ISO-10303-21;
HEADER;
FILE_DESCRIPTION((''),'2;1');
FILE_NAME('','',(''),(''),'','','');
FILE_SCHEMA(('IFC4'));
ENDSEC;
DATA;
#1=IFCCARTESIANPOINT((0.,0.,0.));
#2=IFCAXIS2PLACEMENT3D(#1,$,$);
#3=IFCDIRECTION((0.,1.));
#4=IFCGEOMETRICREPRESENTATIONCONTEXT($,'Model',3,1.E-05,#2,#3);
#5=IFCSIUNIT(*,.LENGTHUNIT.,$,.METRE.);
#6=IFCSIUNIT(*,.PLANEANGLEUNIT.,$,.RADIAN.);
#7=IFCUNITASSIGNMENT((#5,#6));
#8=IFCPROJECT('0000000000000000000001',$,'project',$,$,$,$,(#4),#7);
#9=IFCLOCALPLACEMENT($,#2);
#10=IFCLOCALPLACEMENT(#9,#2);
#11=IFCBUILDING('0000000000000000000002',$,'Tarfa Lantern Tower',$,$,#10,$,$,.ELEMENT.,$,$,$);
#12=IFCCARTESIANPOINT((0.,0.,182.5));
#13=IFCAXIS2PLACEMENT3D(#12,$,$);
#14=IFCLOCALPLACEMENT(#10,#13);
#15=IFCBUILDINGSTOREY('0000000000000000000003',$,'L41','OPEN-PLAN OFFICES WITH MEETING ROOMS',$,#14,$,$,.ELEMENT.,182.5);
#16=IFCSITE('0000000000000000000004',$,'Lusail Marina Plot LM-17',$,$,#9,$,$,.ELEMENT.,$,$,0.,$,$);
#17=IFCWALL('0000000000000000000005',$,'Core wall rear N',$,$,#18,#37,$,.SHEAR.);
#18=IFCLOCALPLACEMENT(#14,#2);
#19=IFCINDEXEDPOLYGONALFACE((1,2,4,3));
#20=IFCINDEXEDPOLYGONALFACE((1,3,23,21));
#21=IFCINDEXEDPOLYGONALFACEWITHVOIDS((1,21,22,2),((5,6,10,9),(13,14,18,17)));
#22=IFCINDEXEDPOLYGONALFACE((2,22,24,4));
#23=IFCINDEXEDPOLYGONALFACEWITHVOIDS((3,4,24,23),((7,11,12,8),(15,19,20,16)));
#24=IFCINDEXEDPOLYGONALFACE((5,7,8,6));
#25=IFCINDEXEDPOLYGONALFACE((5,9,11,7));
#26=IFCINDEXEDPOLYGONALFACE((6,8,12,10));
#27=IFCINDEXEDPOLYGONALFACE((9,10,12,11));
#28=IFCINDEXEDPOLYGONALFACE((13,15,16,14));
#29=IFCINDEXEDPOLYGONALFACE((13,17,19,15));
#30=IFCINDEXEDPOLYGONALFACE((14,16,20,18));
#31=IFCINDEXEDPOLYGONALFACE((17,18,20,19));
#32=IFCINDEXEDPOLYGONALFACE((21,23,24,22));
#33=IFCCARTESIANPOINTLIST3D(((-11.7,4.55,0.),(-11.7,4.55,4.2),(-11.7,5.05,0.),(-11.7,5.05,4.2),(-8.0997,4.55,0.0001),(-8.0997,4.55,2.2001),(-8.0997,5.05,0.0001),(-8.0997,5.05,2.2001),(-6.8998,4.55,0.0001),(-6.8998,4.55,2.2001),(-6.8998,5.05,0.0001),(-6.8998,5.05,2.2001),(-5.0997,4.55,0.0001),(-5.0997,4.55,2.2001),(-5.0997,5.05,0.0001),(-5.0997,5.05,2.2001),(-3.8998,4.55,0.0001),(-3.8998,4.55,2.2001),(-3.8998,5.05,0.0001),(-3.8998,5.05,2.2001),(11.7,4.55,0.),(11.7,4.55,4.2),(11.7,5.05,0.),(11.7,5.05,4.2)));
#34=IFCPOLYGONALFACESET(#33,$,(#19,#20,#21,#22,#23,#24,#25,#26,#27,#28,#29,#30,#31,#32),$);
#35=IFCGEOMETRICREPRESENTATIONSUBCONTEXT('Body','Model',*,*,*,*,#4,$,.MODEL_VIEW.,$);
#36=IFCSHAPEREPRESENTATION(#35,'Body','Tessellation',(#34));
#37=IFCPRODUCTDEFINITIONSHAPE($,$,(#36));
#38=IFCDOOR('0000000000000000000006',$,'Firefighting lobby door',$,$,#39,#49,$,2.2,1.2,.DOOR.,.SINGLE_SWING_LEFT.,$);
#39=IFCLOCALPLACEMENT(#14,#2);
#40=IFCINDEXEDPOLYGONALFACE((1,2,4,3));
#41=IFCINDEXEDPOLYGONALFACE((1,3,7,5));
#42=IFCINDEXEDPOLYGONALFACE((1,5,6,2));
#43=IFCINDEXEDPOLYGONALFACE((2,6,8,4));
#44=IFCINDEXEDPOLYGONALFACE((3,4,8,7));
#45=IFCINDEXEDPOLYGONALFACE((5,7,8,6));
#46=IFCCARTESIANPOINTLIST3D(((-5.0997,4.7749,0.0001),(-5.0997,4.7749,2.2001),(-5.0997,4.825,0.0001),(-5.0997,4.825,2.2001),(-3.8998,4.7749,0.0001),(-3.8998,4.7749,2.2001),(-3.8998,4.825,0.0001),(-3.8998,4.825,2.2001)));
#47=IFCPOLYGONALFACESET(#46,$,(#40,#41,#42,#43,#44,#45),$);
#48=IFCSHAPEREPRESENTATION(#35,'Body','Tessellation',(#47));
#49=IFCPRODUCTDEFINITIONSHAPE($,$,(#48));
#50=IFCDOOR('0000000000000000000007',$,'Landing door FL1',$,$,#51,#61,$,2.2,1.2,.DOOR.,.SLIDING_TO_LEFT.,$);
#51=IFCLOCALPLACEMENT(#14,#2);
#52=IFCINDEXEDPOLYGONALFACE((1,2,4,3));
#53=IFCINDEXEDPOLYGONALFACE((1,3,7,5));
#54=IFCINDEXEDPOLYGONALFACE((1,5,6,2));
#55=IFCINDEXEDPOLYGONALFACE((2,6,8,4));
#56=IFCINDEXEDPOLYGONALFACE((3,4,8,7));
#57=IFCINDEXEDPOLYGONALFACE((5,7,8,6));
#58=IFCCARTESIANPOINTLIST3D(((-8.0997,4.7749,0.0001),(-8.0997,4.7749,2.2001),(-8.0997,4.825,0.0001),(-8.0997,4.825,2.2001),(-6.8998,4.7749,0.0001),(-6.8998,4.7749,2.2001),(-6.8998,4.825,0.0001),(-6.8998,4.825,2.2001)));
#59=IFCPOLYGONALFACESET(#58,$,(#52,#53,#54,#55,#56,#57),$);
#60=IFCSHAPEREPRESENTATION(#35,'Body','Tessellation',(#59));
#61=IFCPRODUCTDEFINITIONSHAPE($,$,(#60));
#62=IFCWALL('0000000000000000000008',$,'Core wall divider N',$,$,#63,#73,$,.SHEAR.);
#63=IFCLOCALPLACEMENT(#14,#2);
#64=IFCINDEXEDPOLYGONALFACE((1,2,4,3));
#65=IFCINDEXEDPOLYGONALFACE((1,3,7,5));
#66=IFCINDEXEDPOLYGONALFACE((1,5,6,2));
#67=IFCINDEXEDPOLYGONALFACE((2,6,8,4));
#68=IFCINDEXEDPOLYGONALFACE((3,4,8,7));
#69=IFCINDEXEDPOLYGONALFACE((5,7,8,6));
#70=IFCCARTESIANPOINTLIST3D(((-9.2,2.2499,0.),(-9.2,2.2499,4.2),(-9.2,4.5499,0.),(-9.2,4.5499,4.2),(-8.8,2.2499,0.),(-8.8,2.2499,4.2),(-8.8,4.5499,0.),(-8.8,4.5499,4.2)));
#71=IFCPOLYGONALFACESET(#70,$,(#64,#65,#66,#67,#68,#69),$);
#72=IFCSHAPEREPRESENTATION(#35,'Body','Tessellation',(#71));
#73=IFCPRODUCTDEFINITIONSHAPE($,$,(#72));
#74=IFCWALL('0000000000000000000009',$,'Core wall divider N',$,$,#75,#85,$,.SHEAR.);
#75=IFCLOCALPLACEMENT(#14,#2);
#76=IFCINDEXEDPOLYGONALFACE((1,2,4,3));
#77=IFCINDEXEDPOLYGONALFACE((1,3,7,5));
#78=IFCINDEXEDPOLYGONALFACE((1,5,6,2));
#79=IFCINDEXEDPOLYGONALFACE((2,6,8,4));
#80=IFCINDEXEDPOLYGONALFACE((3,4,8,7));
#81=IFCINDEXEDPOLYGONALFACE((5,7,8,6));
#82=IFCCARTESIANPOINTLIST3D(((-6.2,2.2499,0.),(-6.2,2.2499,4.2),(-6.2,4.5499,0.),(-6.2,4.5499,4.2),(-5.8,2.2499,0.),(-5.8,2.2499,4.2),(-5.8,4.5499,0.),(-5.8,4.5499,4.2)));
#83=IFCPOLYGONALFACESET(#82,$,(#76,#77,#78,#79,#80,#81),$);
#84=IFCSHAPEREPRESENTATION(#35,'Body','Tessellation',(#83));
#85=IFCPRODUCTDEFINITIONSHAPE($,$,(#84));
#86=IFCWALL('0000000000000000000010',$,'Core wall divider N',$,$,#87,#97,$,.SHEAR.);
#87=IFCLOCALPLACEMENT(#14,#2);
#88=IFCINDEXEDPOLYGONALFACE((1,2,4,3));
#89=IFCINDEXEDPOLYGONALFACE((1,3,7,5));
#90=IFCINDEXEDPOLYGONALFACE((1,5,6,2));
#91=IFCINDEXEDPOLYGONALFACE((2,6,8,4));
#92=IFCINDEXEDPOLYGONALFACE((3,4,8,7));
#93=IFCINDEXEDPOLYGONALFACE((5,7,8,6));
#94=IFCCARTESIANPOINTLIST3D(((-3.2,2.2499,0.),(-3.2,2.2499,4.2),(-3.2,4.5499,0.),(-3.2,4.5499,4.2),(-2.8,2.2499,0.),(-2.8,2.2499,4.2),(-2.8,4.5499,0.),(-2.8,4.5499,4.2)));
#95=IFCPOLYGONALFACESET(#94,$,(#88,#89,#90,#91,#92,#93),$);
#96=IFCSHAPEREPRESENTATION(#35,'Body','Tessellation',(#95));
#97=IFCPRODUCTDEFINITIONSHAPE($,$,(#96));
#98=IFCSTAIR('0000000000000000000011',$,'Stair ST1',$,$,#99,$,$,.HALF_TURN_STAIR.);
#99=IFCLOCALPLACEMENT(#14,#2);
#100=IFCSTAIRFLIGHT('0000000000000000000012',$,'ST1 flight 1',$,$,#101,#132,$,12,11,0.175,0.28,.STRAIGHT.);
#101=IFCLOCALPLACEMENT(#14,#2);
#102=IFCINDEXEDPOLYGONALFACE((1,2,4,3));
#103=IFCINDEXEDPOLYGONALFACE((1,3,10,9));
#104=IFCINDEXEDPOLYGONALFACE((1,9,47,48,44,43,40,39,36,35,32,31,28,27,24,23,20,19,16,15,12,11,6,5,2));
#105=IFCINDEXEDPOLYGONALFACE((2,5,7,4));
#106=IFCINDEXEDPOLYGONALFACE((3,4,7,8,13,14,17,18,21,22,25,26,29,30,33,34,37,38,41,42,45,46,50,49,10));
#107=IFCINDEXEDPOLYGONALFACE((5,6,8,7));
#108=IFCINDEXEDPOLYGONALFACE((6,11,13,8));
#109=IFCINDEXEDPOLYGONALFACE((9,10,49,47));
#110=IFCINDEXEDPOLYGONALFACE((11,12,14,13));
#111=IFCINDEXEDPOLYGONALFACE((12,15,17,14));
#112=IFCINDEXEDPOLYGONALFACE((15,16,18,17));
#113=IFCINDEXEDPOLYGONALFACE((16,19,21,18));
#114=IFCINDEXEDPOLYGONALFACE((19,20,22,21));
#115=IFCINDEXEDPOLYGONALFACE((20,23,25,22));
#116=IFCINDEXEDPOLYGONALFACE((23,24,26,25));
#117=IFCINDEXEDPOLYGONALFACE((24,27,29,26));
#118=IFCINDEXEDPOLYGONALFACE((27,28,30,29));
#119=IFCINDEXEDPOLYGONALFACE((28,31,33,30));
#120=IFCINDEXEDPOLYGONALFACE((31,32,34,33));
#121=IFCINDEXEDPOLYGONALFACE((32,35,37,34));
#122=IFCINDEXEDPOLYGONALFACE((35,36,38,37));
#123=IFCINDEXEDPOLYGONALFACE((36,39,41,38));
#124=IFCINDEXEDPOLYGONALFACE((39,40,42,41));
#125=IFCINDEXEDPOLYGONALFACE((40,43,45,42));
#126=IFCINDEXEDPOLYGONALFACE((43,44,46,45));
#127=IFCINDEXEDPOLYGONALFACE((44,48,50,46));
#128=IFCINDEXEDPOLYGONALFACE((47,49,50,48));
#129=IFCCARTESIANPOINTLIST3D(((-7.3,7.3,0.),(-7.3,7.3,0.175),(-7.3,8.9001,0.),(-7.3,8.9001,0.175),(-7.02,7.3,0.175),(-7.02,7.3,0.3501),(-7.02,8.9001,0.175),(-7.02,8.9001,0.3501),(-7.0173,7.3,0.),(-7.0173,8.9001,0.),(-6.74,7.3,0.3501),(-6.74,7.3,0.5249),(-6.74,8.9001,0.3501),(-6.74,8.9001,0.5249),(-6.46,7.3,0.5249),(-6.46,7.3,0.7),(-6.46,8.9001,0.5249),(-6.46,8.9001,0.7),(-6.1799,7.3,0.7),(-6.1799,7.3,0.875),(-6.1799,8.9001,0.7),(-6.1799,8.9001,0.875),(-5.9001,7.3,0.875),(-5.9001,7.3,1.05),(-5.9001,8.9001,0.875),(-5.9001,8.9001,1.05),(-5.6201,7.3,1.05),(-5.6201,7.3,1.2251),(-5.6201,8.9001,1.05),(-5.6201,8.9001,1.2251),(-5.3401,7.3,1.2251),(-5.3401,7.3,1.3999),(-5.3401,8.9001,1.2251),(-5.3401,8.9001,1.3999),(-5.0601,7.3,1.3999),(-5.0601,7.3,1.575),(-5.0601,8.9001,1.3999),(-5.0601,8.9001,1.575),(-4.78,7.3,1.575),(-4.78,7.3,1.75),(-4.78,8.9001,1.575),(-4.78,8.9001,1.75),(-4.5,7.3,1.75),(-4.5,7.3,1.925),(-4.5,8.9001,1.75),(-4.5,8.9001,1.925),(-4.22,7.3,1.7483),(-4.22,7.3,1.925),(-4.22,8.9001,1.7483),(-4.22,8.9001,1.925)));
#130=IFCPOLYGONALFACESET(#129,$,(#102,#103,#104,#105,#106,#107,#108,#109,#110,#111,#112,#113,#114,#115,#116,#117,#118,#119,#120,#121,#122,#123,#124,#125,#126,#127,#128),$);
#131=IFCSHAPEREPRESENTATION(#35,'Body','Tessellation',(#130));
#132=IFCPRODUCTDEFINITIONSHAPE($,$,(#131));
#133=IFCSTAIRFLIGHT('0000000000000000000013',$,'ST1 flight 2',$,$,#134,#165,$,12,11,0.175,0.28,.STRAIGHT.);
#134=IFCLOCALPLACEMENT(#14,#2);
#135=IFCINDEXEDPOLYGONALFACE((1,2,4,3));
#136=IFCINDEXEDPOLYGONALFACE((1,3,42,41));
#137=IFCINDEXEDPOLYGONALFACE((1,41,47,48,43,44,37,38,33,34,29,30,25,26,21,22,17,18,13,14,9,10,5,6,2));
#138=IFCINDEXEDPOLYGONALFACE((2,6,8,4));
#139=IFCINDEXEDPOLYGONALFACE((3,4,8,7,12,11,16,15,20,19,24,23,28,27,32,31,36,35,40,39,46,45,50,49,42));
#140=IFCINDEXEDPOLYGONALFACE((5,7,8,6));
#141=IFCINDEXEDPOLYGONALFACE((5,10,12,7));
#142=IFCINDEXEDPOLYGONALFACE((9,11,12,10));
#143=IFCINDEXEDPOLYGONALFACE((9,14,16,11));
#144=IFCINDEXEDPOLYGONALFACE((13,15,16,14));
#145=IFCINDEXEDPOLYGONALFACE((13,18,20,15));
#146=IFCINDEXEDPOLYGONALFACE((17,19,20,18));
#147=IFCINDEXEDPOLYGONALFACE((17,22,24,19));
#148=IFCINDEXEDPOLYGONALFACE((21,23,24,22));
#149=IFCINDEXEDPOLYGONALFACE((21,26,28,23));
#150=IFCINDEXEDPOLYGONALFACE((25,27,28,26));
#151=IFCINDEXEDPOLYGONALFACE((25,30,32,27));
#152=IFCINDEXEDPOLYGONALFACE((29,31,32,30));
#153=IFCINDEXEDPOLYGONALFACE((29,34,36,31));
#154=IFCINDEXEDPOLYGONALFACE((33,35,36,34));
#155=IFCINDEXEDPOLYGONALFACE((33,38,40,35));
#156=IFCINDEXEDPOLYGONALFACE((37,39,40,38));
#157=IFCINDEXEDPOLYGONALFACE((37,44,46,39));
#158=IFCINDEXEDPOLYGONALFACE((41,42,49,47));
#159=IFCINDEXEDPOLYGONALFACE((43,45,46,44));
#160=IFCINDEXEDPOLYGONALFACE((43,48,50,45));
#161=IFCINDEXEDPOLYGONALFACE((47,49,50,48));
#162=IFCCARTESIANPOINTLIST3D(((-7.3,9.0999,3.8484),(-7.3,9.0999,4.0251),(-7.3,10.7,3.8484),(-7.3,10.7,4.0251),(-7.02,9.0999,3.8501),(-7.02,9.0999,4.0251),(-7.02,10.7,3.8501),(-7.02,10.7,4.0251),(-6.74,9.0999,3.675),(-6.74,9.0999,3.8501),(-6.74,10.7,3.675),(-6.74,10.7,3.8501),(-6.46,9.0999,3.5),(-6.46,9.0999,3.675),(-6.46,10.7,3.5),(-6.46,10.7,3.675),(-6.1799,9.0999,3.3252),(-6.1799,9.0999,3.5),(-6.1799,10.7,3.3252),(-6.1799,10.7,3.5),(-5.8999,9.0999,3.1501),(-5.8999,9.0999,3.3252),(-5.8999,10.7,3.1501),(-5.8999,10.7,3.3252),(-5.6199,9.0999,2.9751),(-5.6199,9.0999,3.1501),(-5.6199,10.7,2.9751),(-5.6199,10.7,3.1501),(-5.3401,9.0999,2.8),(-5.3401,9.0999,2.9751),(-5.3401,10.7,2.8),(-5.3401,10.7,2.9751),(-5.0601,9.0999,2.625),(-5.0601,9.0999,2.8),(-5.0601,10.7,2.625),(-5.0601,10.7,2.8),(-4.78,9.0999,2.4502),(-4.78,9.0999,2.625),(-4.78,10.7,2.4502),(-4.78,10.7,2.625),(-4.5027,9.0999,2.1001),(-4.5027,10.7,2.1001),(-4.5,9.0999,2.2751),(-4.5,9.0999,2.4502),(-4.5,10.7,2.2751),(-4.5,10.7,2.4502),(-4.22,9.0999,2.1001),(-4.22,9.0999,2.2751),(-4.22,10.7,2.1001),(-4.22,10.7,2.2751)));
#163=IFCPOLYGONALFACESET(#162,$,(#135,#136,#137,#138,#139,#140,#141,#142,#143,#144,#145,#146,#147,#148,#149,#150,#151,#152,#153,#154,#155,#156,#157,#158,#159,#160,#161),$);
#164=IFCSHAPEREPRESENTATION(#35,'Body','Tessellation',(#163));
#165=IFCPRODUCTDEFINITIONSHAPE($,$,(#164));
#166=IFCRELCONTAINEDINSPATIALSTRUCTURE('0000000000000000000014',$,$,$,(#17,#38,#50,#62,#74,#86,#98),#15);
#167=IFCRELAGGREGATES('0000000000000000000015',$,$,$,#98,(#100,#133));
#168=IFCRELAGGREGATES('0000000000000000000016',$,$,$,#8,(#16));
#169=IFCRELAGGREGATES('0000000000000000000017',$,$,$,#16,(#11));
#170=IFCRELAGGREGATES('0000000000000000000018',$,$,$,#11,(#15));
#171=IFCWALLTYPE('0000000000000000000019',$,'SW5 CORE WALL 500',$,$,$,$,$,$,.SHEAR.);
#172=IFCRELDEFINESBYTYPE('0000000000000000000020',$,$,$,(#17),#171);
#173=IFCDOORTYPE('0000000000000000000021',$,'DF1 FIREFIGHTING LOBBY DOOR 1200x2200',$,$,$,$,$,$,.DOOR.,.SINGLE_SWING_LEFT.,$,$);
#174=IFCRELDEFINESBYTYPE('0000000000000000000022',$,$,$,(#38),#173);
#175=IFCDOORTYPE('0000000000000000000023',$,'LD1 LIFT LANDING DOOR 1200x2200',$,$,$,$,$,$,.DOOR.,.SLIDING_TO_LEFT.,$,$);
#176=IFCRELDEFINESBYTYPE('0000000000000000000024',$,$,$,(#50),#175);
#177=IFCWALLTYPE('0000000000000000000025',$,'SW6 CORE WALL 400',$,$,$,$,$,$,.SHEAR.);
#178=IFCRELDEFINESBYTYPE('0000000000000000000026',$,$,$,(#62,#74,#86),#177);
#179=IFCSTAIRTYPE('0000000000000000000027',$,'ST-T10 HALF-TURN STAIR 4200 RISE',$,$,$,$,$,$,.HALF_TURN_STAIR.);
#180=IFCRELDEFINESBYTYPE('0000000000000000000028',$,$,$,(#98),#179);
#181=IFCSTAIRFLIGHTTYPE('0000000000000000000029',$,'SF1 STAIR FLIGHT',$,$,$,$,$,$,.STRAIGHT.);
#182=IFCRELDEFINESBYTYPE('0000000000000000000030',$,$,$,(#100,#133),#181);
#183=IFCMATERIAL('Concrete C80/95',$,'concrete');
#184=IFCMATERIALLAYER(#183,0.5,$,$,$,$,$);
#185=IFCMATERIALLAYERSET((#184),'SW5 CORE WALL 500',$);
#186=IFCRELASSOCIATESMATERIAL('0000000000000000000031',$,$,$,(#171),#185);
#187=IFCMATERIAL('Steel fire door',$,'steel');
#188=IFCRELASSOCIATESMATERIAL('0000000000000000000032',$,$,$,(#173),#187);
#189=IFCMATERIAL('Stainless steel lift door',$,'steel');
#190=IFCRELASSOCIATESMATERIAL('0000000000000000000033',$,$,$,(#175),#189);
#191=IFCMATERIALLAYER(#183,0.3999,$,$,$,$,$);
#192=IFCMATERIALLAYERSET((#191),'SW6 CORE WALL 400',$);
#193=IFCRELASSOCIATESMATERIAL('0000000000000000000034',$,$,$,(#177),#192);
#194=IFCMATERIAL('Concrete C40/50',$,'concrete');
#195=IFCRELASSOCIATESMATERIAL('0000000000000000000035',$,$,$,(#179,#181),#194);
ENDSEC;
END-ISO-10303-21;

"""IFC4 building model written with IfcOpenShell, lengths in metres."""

from ifc_helpers import new_model, si_unit, direction, frame, frame_2d, origin, place, context, subcontext, project, spatial, polyline, rectangle, outline, extrude, material, layer, layer_set, type_object, element, fill, aggregate, save


model = new_model("IFC4")

# Units and contexts
model_context = context("Model", 3, precision=1e-05, world=origin(), true_north=direction((0.0, 1.0)))
body_context = subcontext(model_context, "Body", "Model", "MODEL_VIEW")
ifc_project = project(units=[si_unit("LENGTHUNIT", "METRE"), si_unit("PLANEANGLEUNIT", "RADIAN")], contexts=[model_context])

# Site, building, storey
site_placement = place(None, origin())
site = spatial("IfcSite", under=ifc_project, at=site_placement, Name="Lusail Marina Plot LM-17", CompositionType="ELEMENT", RefElevation=0.0)
building_placement = place(site_placement, origin())
building = spatial("IfcBuilding", under=site, at=building_placement, Name="Tarfa Lantern Tower", CompositionType="ELEMENT")
storey_placement = place(building_placement, frame((0.0, 0.0, 182.5)))
storey = spatial("IfcBuildingStorey", under=building, at=storey_placement, Name="L41", Description="OPEN-PLAN OFFICES WITH MEETING ROOMS", CompositionType="ELEMENT", Elevation=182.5)

# Shared definitions
ifc_material_1 = material(Name="Concrete C80/95", Category="concrete")

# Shared definitions
ifc_material_2 = material(Name="Steel fire door", Category="steel")

# Wall, openings, doors
ifc_layer_1 = layer(ifc_material_1, 0.5)
ifc_layer_set_1 = layer_set([ifc_layer_1], Name="SW5 CORE WALL 500")
wall_type_1 = type_object("IfcWallType", Name="SW5 CORE WALL 500", PredefinedType="SHEAR", material=ifc_layer_set_1)
ifc_material_3 = material(Name="Stainless steel lift door", Category="steel")
wall_1_placement = place(storey_placement, frame((-11.7, 4.8, 0.0), z_axis=(0.0, 0.0, 1.0), x_axis=(1.0, 0.0, 0.0)))
wall_1 = element("IfcWall", 1, at=wall_1_placement, inside=storey, type_object=wall_type_1, Name="Core wall rear N", PredefinedType="SHEAR", context=body_context, shape_type="SweptSolid", body=[
    extrude(rectangle(XDim=23.3999, YDim=0.5, at=frame_2d((11.7, 0.0))), origin(), (0.0, 0.0, 1.0), 4.2),
])
opening_1_placement = place(wall_1_placement, frame((6.6001, 0.0, 0.0)))
opening_1 = element("IfcOpeningElement", 2, at=opening_1_placement, cuts=wall_1, PredefinedType="OPENING", context=body_context, shape_type="SweptSolid", body=[
    extrude(rectangle(XDim=1.2, YDim=2.2, at=frame_2d((0.6001, 1.1001))), frame((0.0, 0.26, 0.0), z_axis=(0.0, -1.0, 0.0), x_axis=(1.0, 0.0, 0.0)), (0.0, 0.0, 1.0), 0.52),
])
opening_2_placement = place(wall_1_placement, frame((3.6001, 0.0, 0.0)))
opening_2 = element("IfcOpeningElement", 3, at=opening_2_placement, cuts=wall_1, PredefinedType="OPENING", context=body_context, shape_type="SweptSolid", body=[
    extrude(rectangle(XDim=1.2, YDim=2.2, at=frame_2d((0.6001, 1.1001))), frame((0.0, 0.26, 0.0), z_axis=(0.0, -1.0, 0.0), x_axis=(1.0, 0.0, 0.0)), (0.0, 0.0, 1.0), 0.52),
])
door_type_1 = type_object("IfcDoorType", Name="DF1 FIREFIGHTING LOBBY DOOR 1200x2200", OperationType="SINGLE_SWING_LEFT", PredefinedType="DOOR", material=ifc_material_2)
door_1_placement = place(opening_1_placement, origin())
door_1 = element("IfcDoor", 4, at=door_1_placement, inside=storey, type_object=door_type_1, Name="Firefighting lobby door", OperationType="SINGLE_SWING_LEFT", OverallHeight=2.2, OverallWidth=1.2, PredefinedType="DOOR", context=body_context, shape_type="SweptSolid", body=[
    extrude(rectangle(XDim=1.2, YDim=2.2, at=frame_2d((0.6001, 1.1001))), frame((0.0, 0.0249, 0.0), z_axis=(0.0, -1.0, 0.0), x_axis=(1.0, 0.0, 0.0)), (0.0, 0.0, 1.0), 0.05),
])
fill(opening_1, door_1)
door_type_2 = type_object("IfcDoorType", Name="LD1 LIFT LANDING DOOR 1200x2200", OperationType="SLIDING_TO_LEFT", PredefinedType="DOOR", material=ifc_material_3)
door_2_placement = place(opening_2_placement, origin())
door_2 = element("IfcDoor", 5, at=door_2_placement, inside=storey, type_object=door_type_2, Name="Landing door FL1", OperationType="SLIDING_TO_LEFT", OverallHeight=2.2, OverallWidth=1.2, PredefinedType="DOOR", context=body_context, shape_type="SweptSolid", body=[
    extrude(rectangle(XDim=1.2, YDim=2.2, at=frame_2d((0.6001, 1.1001))), frame((0.0, 0.0249, 0.0), z_axis=(0.0, -1.0, 0.0), x_axis=(1.0, 0.0, 0.0)), (0.0, 0.0, 1.0), 0.05),
])
fill(opening_2, door_2)

# Walls
ifc_layer_2 = layer(ifc_material_1, 0.3999)
ifc_layer_set_2 = layer_set([ifc_layer_2], Name="SW6 CORE WALL 400")
wall_type_2 = type_object("IfcWallType", Name="SW6 CORE WALL 400", PredefinedType="SHEAR", material=ifc_layer_set_2)
for number, where, z_axis, x_axis, name in (
    (6, (-9.0, 2.25, 0.0), (0.0, 0.0, 1.0), (0.0, 1.0, 0.0), "Core wall divider N"),
    (7, (-6.0, 2.25, 0.0), (0.0, 0.0, 1.0), (0.0, 1.0, 0.0), "Core wall divider N"),
    (8, (-3.0, 2.25, 0.0), (0.0, 0.0, 1.0), (0.0, 1.0, 0.0), "Core wall divider N"),
):
    element("IfcWall", number, at=place(storey_placement, frame(where, z_axis=z_axis, x_axis=x_axis)), inside=storey, type_object=wall_type_2, Name=name, PredefinedType="SHEAR", context=body_context, shape_type="SweptSolid", body=[
        extrude(rectangle(XDim=2.3, YDim=0.3999, at=frame_2d((1.1499, 0.0))), origin(), (0.0, 0.0, 1.0), 4.2),
    ])

# Stair, stair flights
ifc_material_4 = material(Name="Concrete C40/50", Category="concrete")
stair_type = type_object("IfcStairType", Name="ST-T10 HALF-TURN STAIR 4200 RISE", PredefinedType="HALF_TURN_STAIR", material=ifc_material_4)
stair_placement = place(storey_placement, origin())
stair = element("IfcStair", 9, at=stair_placement, inside=storey, type_object=stair_type, Name="Stair ST1", PredefinedType="HALF_TURN_STAIR")
stair_flight_type = type_object("IfcStairFlightType", Name="SF1 STAIR FLIGHT", PredefinedType="STRAIGHT", material=ifc_material_4)
stair_flight_1_placement = place(storey_placement, frame((-7.3, 8.1001, 0.0), z_axis=(0.0, 0.0, 1.0), x_axis=(1.0, 0.0, 0.0)))
stair_flight_1 = element("IfcStairFlight", 10, at=stair_flight_1_placement, type_object=stair_flight_type, Name="ST1 flight 1", NumberOfRisers=12, NumberOfTreads=11, PredefinedType="STRAIGHT", RiserHeight=0.175, TreadLength=0.28, context=body_context, shape_type="SweptSolid", body=[
    extrude(outline(polyline([(0.0, 0.0), (0.0, 0.175), (0.28, 0.175), (0.28, 0.3501), (0.5601, 0.3501), (0.5601, 0.5249), (0.8401, 0.5249), (0.8401, 0.7), (1.1201, 0.7), (1.1201, 0.875), (1.3999, 0.875), (1.3999, 1.05), (1.6799, 1.05), (1.6799, 1.2251), (1.96, 1.2251), (1.96, 1.3999), (2.24, 1.3999), (2.24, 1.575), (2.52, 1.575), (2.52, 1.75), (2.8, 1.75), (2.8, 1.925), (3.0801, 1.925), (3.0801, 2.1001), (3.0801, 1.7483), (0.2827, 0.0), (0.0, 0.0)])), frame((0.0, 0.8, 0.0), z_axis=(0.0, -1.0, 0.0), x_axis=(1.0, 0.0, 0.0)), (0.0, 0.0, 1.0), 1.6001),
])
stair_flight_2_placement = place(storey_placement, frame((-4.22, 9.8999, 2.1001), z_axis=(0.0, 0.0, 1.0), x_axis=(-1.0, 0.0, 0.0)))
stair_flight_2 = element("IfcStairFlight", 11, at=stair_flight_2_placement, type_object=stair_flight_type, Name="ST1 flight 2", NumberOfRisers=12, NumberOfTreads=11, PredefinedType="STRAIGHT", RiserHeight=0.175, TreadLength=0.28, context=body_context, shape_type="SweptSolid", body=[
    extrude(outline(polyline([(0.0, 0.0), (0.0, 0.175), (0.28, 0.175), (0.28, 0.3501), (0.5601, 0.3501), (0.5601, 0.5249), (0.8401, 0.5249), (0.8401, 0.7), (1.1201, 0.7), (1.1201, 0.875), (1.3999, 0.875), (1.3999, 1.05), (1.6799, 1.05), (1.6799, 1.2251), (1.96, 1.2251), (1.96, 1.3999), (2.24, 1.3999), (2.24, 1.575), (2.52, 1.575), (2.52, 1.75), (2.8, 1.75), (2.8, 1.925), (3.0801, 1.925), (3.0801, 2.1001), (3.0801, 1.7483), (0.2827, 0.0), (0.0, 0.0)])), frame((0.0, 0.8, 0.0), z_axis=(0.0, -1.0, 0.0), x_axis=(1.0, 0.0, 0.0)), (0.0, 0.0, 1.0), 1.6001),
])
aggregate(stair, [stair_flight_1, stair_flight_2])

save(model, "model.ifc")
